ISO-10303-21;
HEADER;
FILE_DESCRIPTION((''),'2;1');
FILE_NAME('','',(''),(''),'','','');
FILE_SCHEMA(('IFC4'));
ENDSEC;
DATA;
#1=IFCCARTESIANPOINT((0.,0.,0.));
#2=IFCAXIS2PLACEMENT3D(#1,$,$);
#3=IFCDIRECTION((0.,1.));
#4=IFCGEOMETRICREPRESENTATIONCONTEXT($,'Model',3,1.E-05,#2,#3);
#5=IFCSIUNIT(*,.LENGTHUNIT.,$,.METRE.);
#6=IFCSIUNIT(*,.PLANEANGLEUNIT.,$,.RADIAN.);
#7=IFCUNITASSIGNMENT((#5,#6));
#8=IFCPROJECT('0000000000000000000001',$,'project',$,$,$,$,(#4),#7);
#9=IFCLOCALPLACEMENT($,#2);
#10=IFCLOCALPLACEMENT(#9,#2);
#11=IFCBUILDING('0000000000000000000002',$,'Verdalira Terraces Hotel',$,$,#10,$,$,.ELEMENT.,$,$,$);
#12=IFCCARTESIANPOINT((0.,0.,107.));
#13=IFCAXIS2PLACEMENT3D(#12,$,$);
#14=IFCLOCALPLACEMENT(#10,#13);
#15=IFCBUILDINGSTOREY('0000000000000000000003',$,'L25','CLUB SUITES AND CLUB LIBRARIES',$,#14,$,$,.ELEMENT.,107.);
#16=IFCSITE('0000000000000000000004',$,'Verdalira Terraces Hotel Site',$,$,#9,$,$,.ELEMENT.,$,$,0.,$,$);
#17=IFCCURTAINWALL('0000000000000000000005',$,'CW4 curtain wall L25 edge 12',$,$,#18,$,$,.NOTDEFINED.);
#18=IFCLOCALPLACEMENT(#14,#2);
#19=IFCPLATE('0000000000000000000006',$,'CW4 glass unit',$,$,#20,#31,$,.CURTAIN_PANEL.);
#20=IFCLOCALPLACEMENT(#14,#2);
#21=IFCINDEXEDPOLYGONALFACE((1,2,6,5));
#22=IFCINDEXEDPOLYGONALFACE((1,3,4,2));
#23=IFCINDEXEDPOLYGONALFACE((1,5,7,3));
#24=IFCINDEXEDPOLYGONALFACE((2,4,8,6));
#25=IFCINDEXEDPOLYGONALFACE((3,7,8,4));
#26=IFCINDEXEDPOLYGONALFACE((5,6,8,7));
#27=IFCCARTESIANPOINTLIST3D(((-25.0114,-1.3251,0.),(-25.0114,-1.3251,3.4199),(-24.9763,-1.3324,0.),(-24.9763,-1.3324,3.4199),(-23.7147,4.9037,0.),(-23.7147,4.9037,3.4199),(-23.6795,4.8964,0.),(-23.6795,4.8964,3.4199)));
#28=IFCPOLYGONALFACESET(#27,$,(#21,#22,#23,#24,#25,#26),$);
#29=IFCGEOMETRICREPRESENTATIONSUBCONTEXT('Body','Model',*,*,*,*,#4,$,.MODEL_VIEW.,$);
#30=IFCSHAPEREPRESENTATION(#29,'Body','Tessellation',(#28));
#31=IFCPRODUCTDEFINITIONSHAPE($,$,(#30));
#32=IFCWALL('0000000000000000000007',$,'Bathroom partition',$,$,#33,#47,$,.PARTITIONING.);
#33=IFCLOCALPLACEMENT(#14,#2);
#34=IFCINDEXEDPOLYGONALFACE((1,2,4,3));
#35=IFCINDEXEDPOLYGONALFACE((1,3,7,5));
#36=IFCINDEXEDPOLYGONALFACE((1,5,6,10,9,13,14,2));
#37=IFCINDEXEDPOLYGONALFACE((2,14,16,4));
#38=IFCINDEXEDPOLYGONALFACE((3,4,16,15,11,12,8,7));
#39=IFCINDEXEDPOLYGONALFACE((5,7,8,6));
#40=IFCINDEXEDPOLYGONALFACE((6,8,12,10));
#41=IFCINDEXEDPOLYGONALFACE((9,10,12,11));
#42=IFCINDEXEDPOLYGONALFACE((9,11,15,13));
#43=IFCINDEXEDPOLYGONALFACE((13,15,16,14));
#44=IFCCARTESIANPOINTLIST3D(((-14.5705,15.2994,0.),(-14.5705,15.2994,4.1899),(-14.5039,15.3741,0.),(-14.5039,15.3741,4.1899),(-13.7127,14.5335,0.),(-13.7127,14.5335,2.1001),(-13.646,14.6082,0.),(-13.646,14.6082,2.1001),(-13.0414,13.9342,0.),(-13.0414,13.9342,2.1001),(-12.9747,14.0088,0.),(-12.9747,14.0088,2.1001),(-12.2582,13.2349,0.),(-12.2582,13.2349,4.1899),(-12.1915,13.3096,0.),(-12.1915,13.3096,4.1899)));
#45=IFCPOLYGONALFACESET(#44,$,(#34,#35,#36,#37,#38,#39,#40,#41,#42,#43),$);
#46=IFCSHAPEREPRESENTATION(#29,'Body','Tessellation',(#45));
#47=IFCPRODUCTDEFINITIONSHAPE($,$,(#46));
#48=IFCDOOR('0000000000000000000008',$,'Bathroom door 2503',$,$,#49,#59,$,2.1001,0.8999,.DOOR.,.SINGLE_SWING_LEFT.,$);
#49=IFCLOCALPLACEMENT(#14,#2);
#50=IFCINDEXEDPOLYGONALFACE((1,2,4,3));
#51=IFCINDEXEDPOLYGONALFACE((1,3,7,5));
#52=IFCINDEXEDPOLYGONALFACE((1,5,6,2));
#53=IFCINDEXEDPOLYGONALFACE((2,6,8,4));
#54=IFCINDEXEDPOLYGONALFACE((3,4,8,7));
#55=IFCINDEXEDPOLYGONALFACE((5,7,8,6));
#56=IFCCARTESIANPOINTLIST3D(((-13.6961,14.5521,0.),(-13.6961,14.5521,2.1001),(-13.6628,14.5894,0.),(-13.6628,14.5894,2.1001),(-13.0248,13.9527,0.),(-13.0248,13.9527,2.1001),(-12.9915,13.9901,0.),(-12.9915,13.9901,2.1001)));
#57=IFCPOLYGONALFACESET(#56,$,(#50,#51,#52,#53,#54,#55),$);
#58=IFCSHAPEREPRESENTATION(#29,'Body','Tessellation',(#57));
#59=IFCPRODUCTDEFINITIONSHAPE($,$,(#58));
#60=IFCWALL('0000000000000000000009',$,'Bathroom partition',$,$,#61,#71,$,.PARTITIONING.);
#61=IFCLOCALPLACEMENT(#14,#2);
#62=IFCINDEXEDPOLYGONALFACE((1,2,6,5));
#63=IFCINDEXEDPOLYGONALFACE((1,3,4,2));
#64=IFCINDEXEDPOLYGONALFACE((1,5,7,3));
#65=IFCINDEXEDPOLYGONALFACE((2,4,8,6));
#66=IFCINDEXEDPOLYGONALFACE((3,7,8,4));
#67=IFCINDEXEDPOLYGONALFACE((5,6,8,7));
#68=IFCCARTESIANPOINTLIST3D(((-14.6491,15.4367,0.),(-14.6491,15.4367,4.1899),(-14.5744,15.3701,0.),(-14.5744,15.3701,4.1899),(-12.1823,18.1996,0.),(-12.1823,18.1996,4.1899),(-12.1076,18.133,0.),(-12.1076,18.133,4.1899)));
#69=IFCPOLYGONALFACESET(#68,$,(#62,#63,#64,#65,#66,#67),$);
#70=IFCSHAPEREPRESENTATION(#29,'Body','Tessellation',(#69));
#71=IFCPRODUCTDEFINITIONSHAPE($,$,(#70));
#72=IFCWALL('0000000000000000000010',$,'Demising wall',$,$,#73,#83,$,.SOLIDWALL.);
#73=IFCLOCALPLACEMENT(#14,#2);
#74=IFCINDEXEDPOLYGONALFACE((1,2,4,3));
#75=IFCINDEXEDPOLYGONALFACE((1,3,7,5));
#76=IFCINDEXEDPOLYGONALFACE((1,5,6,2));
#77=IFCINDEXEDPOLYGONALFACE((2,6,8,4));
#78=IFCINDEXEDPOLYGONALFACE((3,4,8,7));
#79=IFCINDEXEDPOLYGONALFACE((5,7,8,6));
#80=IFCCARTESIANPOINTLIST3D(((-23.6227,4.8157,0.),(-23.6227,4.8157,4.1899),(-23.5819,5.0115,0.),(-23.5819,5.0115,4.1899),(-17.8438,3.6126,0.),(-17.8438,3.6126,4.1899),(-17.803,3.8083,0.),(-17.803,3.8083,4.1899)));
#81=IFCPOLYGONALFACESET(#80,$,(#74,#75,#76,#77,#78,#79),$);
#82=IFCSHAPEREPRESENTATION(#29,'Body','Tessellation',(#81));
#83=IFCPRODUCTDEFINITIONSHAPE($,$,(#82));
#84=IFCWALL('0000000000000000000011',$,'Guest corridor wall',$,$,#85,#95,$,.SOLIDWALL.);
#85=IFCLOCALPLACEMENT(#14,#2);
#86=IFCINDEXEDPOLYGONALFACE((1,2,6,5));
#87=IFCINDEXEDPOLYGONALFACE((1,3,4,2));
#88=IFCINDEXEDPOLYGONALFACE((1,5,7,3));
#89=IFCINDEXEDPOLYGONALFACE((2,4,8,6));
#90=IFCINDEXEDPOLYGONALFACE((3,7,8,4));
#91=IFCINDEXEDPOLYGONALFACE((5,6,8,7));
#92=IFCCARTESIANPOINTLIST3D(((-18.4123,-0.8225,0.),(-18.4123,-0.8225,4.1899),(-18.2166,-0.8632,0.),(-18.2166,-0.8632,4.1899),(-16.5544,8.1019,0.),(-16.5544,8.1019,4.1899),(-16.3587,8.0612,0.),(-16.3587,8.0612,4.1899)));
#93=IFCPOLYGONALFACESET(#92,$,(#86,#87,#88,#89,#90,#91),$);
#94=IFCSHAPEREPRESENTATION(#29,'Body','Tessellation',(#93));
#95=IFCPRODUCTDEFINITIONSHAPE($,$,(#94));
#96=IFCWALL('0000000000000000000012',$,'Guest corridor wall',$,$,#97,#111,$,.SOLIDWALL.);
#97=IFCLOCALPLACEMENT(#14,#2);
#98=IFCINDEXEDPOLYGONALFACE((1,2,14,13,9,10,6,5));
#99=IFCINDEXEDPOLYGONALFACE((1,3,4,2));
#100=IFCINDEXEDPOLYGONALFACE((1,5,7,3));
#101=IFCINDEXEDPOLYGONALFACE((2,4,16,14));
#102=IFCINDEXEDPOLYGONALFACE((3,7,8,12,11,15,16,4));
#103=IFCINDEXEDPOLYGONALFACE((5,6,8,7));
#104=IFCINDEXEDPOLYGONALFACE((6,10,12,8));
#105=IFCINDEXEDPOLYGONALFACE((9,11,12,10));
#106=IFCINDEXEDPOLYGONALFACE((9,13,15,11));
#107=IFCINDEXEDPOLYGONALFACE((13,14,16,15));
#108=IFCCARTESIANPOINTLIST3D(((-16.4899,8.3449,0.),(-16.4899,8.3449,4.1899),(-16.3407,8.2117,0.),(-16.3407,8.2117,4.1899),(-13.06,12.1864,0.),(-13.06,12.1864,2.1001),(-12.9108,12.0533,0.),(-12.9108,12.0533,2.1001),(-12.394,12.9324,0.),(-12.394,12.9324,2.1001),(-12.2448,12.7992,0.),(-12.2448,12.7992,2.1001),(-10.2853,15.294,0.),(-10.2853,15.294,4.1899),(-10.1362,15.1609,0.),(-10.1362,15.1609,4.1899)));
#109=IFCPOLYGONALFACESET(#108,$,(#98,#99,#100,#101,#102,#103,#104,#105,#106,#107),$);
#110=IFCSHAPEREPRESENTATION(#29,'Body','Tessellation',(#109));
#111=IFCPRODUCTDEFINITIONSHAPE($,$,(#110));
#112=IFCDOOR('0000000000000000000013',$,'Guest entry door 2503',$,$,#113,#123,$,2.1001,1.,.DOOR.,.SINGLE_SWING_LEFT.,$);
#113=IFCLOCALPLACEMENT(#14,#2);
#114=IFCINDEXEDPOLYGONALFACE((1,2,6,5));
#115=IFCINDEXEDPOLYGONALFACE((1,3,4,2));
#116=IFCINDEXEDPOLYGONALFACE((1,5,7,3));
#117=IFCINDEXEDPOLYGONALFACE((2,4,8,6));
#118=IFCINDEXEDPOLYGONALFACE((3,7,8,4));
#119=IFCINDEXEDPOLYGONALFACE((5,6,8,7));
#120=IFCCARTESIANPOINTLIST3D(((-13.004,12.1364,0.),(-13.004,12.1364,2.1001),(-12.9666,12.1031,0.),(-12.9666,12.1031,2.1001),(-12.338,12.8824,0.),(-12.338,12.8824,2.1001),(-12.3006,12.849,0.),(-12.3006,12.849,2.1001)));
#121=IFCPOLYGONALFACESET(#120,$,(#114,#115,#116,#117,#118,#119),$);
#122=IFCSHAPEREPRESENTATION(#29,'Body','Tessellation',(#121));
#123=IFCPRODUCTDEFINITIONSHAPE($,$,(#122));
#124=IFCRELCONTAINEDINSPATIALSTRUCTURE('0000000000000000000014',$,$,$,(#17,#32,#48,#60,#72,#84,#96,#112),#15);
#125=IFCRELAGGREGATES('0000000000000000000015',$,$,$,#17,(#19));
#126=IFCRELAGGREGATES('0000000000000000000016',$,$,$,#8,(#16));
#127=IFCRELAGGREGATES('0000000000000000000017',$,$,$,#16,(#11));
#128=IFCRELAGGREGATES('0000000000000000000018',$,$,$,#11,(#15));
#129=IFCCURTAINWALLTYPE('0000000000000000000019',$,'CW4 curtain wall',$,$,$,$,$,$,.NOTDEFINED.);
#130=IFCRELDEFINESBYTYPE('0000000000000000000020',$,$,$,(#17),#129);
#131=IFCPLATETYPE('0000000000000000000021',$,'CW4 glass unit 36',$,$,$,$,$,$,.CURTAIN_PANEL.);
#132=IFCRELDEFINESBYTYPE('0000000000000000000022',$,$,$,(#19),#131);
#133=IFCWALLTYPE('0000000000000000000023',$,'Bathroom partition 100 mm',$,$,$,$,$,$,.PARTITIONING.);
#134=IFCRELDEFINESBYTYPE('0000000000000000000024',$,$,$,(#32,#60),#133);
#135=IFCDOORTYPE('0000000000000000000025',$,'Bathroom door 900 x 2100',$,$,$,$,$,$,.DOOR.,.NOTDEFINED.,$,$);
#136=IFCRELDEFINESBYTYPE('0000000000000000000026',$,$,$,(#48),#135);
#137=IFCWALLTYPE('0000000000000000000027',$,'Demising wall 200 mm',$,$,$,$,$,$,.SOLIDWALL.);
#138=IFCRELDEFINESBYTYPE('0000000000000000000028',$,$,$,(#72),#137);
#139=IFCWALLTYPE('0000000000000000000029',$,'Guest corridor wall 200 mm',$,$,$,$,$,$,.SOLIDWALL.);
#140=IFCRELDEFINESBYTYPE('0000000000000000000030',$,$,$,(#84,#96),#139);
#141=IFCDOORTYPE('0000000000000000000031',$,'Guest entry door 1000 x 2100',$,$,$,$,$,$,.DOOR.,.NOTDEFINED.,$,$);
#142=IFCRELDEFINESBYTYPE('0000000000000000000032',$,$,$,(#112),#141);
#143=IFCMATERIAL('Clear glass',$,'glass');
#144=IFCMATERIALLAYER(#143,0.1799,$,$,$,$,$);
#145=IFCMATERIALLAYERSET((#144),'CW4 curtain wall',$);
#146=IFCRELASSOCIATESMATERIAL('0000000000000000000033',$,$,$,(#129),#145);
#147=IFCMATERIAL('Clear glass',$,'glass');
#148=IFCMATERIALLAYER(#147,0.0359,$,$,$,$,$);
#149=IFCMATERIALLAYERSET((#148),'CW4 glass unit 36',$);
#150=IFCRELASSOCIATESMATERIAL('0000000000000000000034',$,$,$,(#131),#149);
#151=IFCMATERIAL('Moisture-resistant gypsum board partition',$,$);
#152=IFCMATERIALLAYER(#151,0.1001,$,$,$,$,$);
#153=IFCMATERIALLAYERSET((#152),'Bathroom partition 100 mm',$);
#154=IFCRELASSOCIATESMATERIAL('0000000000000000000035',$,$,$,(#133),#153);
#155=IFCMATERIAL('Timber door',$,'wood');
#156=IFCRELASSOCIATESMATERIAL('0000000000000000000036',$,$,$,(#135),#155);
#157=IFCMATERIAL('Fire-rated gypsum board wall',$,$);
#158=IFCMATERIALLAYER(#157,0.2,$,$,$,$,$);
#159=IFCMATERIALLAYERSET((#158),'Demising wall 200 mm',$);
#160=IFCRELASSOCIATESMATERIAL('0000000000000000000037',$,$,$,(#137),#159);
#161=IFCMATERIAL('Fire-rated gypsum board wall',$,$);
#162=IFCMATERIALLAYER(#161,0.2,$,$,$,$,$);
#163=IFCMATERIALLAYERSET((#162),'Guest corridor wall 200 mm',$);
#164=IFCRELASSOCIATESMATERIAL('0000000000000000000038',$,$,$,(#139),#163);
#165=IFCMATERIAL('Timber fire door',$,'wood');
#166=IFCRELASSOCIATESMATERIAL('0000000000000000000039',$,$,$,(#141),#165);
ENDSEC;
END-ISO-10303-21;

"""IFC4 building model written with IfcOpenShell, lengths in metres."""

from ifc_helpers import new_model, si_unit, direction, frame, frame_2d, origin, origin_2d, place, context, subcontext, project, spatial, rectangle, extrude, material, layer, layer_set, type_object, element, fill, aggregate, save


model = new_model("IFC4")

# Units and contexts
model_context = context("Model", 3, precision=1e-05, world=origin(), true_north=direction((0.0, 1.0)))
body_context = subcontext(model_context, "Body", "Model", "MODEL_VIEW")
ifc_project = project(units=[si_unit("LENGTHUNIT", "METRE"), si_unit("PLANEANGLEUNIT", "RADIAN")], contexts=[model_context])

# Site, building, storey
site_placement = place(None, origin())
site = spatial("IfcSite", under=ifc_project, at=site_placement, Name="Verdalira Terraces Hotel Site", CompositionType="ELEMENT", RefElevation=0.0)
building_placement = place(site_placement, origin())
building = spatial("IfcBuilding", under=site, at=building_placement, Name="Verdalira Terraces Hotel", CompositionType="ELEMENT")
storey_placement = place(building_placement, frame((0.0, 0.0, 107.0)))
storey = spatial("IfcBuildingStorey", under=building, at=storey_placement, Name="L25", Description="CLUB SUITES AND CLUB LIBRARIES", CompositionType="ELEMENT", Elevation=107.0)

# Curtain wall
ifc_material_1 = material(Name="Clear glass", Category="glass")
ifc_layer_1 = layer(ifc_material_1, 0.1799)
ifc_layer_set_1 = layer_set([ifc_layer_1], Name="CW4 curtain wall")
curtain_wall_type = type_object("IfcCurtainWallType", Name="CW4 curtain wall", PredefinedType="NOTDEFINED", material=ifc_layer_set_1)
curtain_wall_1_placement = place(storey_placement, origin())
curtain_wall_1 = element("IfcCurtainWall", 1, at=curtain_wall_1_placement, inside=storey, type_object=curtain_wall_type, Name="CW4 curtain wall L25 edge 12", PredefinedType="NOTDEFINED")

# Plate
ifc_material_2 = material(Name="Clear glass", Category="glass")
ifc_layer_2 = layer(ifc_material_2, 0.0359)
ifc_layer_set_2 = layer_set([ifc_layer_2], Name="CW4 glass unit 36")
plate_type = type_object("IfcPlateType", Name="CW4 glass unit 36", PredefinedType="CURTAIN_PANEL", material=ifc_layer_set_2)
plate_1_placement = place(storey_placement, frame((-24.3455, 1.7856, 0.0), z_axis=(0.0, 0.0, 1.0), x_axis=(-0.203813, -0.97901, 0.0)))
plate_1 = element("IfcPlate", 2, at=plate_1_placement, type_object=plate_type, Name="CW4 glass unit", PredefinedType="CURTAIN_PANEL", context=body_context, shape_type="SweptSolid", body=[
    extrude(rectangle(XDim=6.3623, YDim=0.0359, at=origin_2d()), origin(), (0.0, 0.0, 1.0), 3.4199),
])
aggregate(curtain_wall_1, [plate_1])

# Wall, opening, door
ifc_material_3 = material(Name="Moisture-resistant gypsum board partition")
ifc_layer_3 = layer(ifc_material_3, 0.1001)
ifc_layer_set_3 = layer_set([ifc_layer_3], Name="Bathroom partition 100 mm")
wall_type_1 = type_object("IfcWallType", Name="Bathroom partition 100 mm", PredefinedType="PARTITIONING", material=ifc_layer_set_3)
wall_1_placement = place(storey_placement, frame((-14.5371, 15.3367, 0.0), z_axis=(0.0, 0.0, 1.0), x_axis=(0.745947, -0.666005, 0.0)))
wall_1 = element("IfcWall", 3, at=wall_1_placement, inside=storey, type_object=wall_type_1, Name="Bathroom partition", PredefinedType="PARTITIONING", context=body_context, shape_type="SweptSolid", body=[
    extrude(rectangle(XDim=3.0999, YDim=0.1001, at=frame_2d((1.5498, 0.0))), origin(), (0.0, 0.0, 1.0), 4.1899),
])
opening_1_placement = place(wall_1_placement, frame((1.1499, 0.0, 0.0)))
opening_1 = element("IfcOpeningElement", 4, at=opening_1_placement, cuts=wall_1, PredefinedType="OPENING", context=body_context, shape_type="SweptSolid", body=[
    extrude(rectangle(XDim=0.8999, YDim=2.1001, at=frame_2d((0.45, 1.05))), frame((0.0, 0.0601, 0.0), z_axis=(0.0, -1.0, 0.0), x_axis=(1.0, 0.0, 0.0)), (0.0, 0.0, 1.0), 0.1201),
])
ifc_material_4 = material(Name="Timber door", Category="wood")
door_type_1 = type_object("IfcDoorType", Name="Bathroom door 900 x 2100", OperationType="NOTDEFINED", PredefinedType="DOOR", material=ifc_material_4)
door_1_placement = place(opening_1_placement, origin())
door_1 = element("IfcDoor", 5, at=door_1_placement, inside=storey, type_object=door_type_1, Name="Bathroom door 2503", OperationType="SINGLE_SWING_LEFT", OverallHeight=2.1001, OverallWidth=0.8999, PredefinedType="DOOR", context=body_context, shape_type="SweptSolid", body=[
    extrude(rectangle(XDim=0.8999, YDim=2.1001, at=frame_2d((0.45, 1.05))), frame((0.0, 0.0249, 0.0), z_axis=(0.0, -1.0, 0.0), x_axis=(1.0, 0.0, 0.0)), (0.0, 0.0, 1.0), 0.05),
])
fill(opening_1, door_1)

# Walls
wall_2_placement = place(storey_placement, frame((-14.6118, 15.4033, 0.0), z_axis=(0.0, 0.0, 1.0), x_axis=(0.665999, 0.745953, 0.0)))
element("IfcWall", 6, at=wall_2_placement, inside=storey, type_object=wall_type_1, Name="Bathroom partition", PredefinedType="PARTITIONING", context=body_context, shape_type="SweptSolid", body=[
    extrude(rectangle(XDim=3.7039, YDim=0.1001, at=frame_2d((1.8521, 0.0))), origin(), (0.0, 0.0, 1.0), 4.1899),
])
ifc_material_5 = material(Name="Fire-rated gypsum board wall")
ifc_layer_4 = layer(ifc_material_5, 0.2)
ifc_layer_set_4 = layer_set([ifc_layer_4], Name="Demising wall 200 mm")
wall_type_2 = type_object("IfcWallType", Name="Demising wall 200 mm", PredefinedType="SOLIDWALL", material=ifc_layer_set_4)
wall_3_placement = place(storey_placement, frame((-23.6023, 4.9136, 0.0), z_axis=(0.0, 0.0, 1.0), x_axis=(0.979007, -0.203825, 0.0)))
element("IfcWall", 7, at=wall_3_placement, inside=storey, type_object=wall_type_2, Name="Demising wall", PredefinedType="SOLIDWALL", context=body_context, shape_type="SweptSolid", body=[
    extrude(rectangle(XDim=5.9028, YDim=0.2, at=frame_2d((2.9514, 0.0))), origin(), (0.0, 0.0, 1.0), 4.1899),
])
ifc_material_6 = material(Name="Fire-rated gypsum board wall")
ifc_layer_5 = layer(ifc_material_6, 0.2)
ifc_layer_set_5 = layer_set([ifc_layer_5], Name="Guest corridor wall 200 mm")
wall_type_3 = type_object("IfcWallType", Name="Guest corridor wall 200 mm", PredefinedType="SOLIDWALL", material=ifc_layer_set_5)
wall_4_placement = place(storey_placement, frame((-16.4565, 8.0815, 0.0), z_axis=(0.0, 0.0, 1.0), x_axis=(-0.203815, -0.979009, 0.0)))
element("IfcWall", 8, at=wall_4_placement, inside=storey, type_object=wall_type_3, Name="Guest corridor wall", PredefinedType="SOLIDWALL", context=body_context, shape_type="SweptSolid", body=[
    extrude(rectangle(XDim=9.1157, YDim=0.2, at=frame_2d((4.5579, 0.0))), origin(), (0.0, 0.0, 1.0), 4.1899),
])

# Wall, opening, door
wall_5_placement = place(storey_placement, frame((-16.4153, 8.2783, 0.0), z_axis=(0.0, 0.0, 1.0), x_axis=(0.666012, 0.745941, 0.0)))
wall_5 = element("IfcWall", 9, at=wall_5_placement, inside=storey, type_object=wall_type_3, Name="Guest corridor wall", PredefinedType="SOLIDWALL", context=body_context, shape_type="SweptSolid", body=[
    extrude(rectangle(XDim=9.3159, YDim=0.2, at=frame_2d((4.658, 0.0))), origin(), (0.0, 0.0, 1.0), 4.1899),
])
opening_2_placement = place(wall_5_placement, frame((5.1499, 0.0, 0.0)))
opening_2 = element("IfcOpeningElement", 10, at=opening_2_placement, cuts=wall_5, PredefinedType="OPENING", context=body_context, shape_type="SweptSolid", body=[
    extrude(rectangle(XDim=1.0, YDim=2.1001, at=frame_2d((0.5, 1.05))), frame((0.0, 0.1099, 0.0), z_axis=(0.0, -1.0, 0.0), x_axis=(1.0, 0.0, 0.0)), (0.0, 0.0, 1.0), 0.22),
])
ifc_material_7 = material(Name="Timber fire door", Category="wood")
door_type_2 = type_object("IfcDoorType", Name="Guest entry door 1000 x 2100", OperationType="NOTDEFINED", PredefinedType="DOOR", material=ifc_material_7)
door_2_placement = place(opening_2_placement, origin())
door_2 = element("IfcDoor", 11, at=door_2_placement, inside=storey, type_object=door_type_2, Name="Guest entry door 2503", OperationType="SINGLE_SWING_LEFT", OverallHeight=2.1001, OverallWidth=1.0, PredefinedType="DOOR", context=body_context, shape_type="SweptSolid", body=[
    extrude(rectangle(XDim=1.0, YDim=2.1001, at=frame_2d((0.5, 1.05))), frame((0.0, 0.0249, 0.0), z_axis=(0.0, -1.0, 0.0), x_axis=(1.0, 0.0, 0.0)), (0.0, 0.0, 1.0), 0.05),
])
fill(opening_2, door_2)

save(model, "model.ifc")
